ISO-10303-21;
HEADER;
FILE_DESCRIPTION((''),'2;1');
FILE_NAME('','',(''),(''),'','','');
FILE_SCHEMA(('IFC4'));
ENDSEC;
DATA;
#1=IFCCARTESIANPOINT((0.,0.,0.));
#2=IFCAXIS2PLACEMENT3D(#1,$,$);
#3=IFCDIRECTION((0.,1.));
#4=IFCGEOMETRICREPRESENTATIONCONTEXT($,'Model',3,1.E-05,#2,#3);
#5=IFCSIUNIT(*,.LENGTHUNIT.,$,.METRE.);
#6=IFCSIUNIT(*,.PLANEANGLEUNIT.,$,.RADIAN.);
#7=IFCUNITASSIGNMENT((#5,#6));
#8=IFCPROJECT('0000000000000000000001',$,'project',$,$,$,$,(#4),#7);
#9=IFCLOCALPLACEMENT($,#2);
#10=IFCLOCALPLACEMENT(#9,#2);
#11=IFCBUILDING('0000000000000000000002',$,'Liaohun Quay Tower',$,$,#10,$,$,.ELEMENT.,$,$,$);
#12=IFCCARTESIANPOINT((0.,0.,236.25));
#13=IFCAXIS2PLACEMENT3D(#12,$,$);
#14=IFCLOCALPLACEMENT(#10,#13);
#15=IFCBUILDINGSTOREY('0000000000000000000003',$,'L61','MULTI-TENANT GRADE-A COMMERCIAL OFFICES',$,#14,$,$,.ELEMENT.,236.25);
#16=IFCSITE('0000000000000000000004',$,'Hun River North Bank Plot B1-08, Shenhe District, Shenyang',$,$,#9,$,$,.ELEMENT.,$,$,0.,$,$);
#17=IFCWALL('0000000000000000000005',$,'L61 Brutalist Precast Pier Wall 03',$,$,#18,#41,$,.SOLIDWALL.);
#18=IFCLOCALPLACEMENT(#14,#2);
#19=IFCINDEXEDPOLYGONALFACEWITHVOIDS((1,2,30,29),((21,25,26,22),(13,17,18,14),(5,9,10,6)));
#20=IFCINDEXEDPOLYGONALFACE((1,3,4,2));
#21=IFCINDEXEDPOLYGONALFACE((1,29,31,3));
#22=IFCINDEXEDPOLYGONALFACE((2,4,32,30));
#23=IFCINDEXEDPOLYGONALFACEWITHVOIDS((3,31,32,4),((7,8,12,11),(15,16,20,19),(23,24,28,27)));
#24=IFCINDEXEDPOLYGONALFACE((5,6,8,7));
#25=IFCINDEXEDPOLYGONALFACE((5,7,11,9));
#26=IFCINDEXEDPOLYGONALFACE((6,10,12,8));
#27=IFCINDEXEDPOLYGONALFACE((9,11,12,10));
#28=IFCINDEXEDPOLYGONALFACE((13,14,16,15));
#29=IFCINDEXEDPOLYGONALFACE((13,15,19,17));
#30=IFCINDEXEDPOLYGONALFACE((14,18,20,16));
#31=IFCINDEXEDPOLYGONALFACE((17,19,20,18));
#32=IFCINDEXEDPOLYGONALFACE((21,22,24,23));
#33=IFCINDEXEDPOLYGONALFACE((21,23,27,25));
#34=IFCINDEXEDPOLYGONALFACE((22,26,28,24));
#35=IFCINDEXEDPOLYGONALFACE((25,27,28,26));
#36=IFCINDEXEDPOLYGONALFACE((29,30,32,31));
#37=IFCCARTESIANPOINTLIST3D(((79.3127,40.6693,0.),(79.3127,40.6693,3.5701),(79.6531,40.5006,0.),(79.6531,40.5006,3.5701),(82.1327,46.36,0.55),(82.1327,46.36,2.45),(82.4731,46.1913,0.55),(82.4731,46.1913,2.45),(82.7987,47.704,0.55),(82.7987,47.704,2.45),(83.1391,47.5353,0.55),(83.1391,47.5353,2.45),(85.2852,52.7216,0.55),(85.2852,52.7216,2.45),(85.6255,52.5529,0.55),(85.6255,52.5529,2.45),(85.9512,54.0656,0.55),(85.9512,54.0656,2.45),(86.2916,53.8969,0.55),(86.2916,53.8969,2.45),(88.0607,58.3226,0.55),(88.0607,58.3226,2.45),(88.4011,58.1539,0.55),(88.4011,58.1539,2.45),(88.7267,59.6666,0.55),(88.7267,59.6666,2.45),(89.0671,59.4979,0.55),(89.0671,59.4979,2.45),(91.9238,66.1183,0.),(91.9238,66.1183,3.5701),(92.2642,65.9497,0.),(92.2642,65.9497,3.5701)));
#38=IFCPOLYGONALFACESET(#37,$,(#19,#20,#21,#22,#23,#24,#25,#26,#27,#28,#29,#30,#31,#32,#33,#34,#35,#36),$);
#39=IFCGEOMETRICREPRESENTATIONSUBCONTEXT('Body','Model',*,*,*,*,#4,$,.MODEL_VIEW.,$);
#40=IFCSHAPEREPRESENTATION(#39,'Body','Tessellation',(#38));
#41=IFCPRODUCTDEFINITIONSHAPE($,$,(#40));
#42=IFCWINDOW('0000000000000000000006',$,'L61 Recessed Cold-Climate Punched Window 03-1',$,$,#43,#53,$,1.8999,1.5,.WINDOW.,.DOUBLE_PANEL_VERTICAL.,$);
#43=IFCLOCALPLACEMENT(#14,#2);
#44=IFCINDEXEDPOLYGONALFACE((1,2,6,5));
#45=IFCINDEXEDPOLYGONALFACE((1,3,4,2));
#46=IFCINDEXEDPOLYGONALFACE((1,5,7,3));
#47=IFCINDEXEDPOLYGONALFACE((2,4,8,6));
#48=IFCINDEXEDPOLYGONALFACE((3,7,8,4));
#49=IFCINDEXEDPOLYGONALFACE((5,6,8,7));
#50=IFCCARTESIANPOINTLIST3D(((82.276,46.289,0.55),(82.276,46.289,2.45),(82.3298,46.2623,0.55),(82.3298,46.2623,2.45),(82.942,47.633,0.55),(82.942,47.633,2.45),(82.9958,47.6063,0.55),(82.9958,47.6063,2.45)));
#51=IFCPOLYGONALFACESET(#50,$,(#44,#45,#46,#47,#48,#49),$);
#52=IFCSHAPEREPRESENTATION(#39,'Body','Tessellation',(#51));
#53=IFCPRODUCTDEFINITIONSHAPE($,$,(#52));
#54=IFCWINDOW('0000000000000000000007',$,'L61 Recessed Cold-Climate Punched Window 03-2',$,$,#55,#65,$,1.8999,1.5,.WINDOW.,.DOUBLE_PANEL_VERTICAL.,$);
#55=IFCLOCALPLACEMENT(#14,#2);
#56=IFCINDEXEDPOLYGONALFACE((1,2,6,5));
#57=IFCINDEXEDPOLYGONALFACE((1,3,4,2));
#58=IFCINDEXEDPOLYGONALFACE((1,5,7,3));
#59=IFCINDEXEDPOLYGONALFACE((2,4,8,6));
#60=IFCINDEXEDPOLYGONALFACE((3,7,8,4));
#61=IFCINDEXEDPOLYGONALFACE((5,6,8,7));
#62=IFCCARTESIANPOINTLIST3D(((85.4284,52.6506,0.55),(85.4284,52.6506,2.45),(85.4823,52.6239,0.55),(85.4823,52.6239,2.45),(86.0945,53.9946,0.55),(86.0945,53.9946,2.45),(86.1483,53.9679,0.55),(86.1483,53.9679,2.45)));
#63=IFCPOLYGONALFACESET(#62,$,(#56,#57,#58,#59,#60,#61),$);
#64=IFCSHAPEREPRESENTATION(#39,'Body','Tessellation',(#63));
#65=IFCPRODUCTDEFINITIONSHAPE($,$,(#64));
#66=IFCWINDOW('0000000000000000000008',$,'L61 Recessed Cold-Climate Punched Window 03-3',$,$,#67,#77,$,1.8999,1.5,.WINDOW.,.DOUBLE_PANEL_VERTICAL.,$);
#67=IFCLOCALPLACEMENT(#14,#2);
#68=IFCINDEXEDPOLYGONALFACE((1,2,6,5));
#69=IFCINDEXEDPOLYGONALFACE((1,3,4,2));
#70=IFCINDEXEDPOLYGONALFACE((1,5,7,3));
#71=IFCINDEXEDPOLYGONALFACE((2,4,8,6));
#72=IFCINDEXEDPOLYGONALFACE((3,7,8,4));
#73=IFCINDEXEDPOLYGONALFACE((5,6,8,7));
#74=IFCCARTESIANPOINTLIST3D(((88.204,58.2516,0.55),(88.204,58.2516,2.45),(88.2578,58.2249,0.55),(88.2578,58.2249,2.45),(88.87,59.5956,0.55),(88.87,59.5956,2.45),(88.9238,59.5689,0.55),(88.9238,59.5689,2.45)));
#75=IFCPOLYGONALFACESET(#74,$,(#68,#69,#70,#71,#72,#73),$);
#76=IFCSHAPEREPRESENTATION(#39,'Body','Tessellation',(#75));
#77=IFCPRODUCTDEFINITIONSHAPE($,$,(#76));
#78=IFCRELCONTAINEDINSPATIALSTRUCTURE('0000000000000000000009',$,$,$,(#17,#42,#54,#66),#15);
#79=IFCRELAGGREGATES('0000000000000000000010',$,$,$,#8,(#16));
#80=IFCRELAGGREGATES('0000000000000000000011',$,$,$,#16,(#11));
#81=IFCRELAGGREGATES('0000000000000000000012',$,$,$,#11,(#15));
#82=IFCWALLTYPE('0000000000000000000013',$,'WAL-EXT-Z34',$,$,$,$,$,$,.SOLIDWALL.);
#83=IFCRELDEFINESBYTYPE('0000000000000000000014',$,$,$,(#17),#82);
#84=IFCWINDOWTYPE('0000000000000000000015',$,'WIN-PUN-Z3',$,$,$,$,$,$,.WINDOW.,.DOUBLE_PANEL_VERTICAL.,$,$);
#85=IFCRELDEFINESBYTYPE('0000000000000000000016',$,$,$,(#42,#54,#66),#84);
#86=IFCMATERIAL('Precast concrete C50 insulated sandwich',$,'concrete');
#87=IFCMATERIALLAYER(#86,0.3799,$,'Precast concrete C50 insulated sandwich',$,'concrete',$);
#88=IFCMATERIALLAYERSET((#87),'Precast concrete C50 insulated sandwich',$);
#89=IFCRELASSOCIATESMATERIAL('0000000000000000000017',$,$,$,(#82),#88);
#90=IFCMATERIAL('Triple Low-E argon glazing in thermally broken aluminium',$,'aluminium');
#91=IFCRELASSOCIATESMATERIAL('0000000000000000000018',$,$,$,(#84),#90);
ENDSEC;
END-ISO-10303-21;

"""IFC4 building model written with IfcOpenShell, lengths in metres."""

from ifc_helpers import new_model, si_unit, direction, frame, frame_2d, origin, place, context, subcontext, project, spatial, rectangle, extrude, source, transform, mapped, material, layer, layer_set, type_object, element, fill, save


model = new_model("IFC4")

# Units and contexts
model_context = context("Model", 3, precision=1e-05, world=origin(), true_north=direction((0.0, 1.0)))
body_context = subcontext(model_context, "Body", "Model", "MODEL_VIEW")
ifc_project = project(units=[si_unit("LENGTHUNIT", "METRE"), si_unit("PLANEANGLEUNIT", "RADIAN")], contexts=[model_context])

# Site, building, storey
site_placement = place(None, origin())
site = spatial("IfcSite", under=ifc_project, at=site_placement, Name="Hun River North Bank Plot B1-08, Shenhe District, Shenyang", CompositionType="ELEMENT", RefElevation=0.0)
building_placement = place(site_placement, origin())
building = spatial("IfcBuilding", under=site, at=building_placement, Name="Liaohun Quay Tower", CompositionType="ELEMENT")
storey_placement = place(building_placement, frame((0.0, 0.0, 236.25)))
storey = spatial("IfcBuildingStorey", under=building, at=storey_placement, Name="L61", Description="MULTI-TENANT GRADE-A COMMERCIAL OFFICES", CompositionType="ELEMENT", Elevation=236.25)

# Shared definitions
ifc_material_1 = material(Name="Precast concrete C50 insulated sandwich", Category="concrete")
ifc_layer_1 = layer(ifc_material_1, 0.3799, Name="Precast concrete C50 insulated sandwich", Category="concrete")
ifc_layer_set_1 = layer_set([ifc_layer_1], Name="Precast concrete C50 insulated sandwich")
wall_type_1 = type_object("IfcWallType", Name="WAL-EXT-Z34", PredefinedType="SOLIDWALL", material=ifc_layer_set_1)

# Wall, openings, windows
shared_shape_1 = source(origin(), body_context, "Body", "SweptSolid", [
    extrude(rectangle(XDim=1.5, YDim=1.8999, at=frame_2d((0.75, 0.95))), frame((0.0, 0.2, 0.0), z_axis=(0.0, -1.0, 0.0), x_axis=(1.0, 0.0, 0.0)), (0.0, 0.0, 1.0), 0.3999),
])
ifc_material_2 = material(Name="Triple Low-E argon glazing in thermally broken aluminium", Category="aluminium")
window_type_1 = type_object("IfcWindowType", Name="WIN-PUN-Z3", PartitioningType="DOUBLE_PANEL_VERTICAL", PredefinedType="WINDOW", material=ifc_material_2)
shared_shape_2 = source(origin(), body_context, "Body", "SweptSolid", [
    extrude(rectangle(XDim=1.5, YDim=1.8999, at=frame_2d((0.75, 0.95))), frame((0.0, 0.03, 0.0), z_axis=(0.0, -1.0, 0.0), x_axis=(1.0, 0.0, 0.0)), (0.0, 0.0, 1.0), 0.0601),
])
wall_1_placement = place(storey_placement, frame((79.4829, 40.585, 0.0), z_axis=(0.0, 0.0, 1.0), x_axis=(0.444017, 0.896019, 0.0)))
wall_1 = element("IfcWall", 1, at=wall_1_placement, inside=storey, type_object=wall_type_1, Name="L61 Brutalist Precast Pier Wall 03", PredefinedType="SOLIDWALL", context=body_context, shape_type="SweptSolid", body=[
    extrude(rectangle(XDim=28.4023, YDim=0.3799, at=frame_2d((14.2012, 0.0))), origin(), (0.0, 0.0, 1.0), 3.5701),
])
opening_1_placement = place(wall_1_placement, frame((6.3511, 0.0, 0.55)))
opening_1 = element("IfcOpeningElement", 2, at=opening_1_placement, cuts=wall_1, PredefinedType="OPENING", context=body_context, shape_type="MappedRepresentation", body=[
    mapped(shared_shape_1, transform((0.0, 0.0, 0.0), x_axis=(1.0, 0.0, 0.0), y_axis=(0.0, 1.0, 0.0), z_axis=(0.0, 0.0, 1.0), scale=1.0)),
])
opening_2_placement = place(wall_1_placement, frame((13.4509, 0.0, 0.55)))
opening_2 = element("IfcOpeningElement", 3, at=opening_2_placement, cuts=wall_1, PredefinedType="OPENING", context=body_context, shape_type="MappedRepresentation", body=[
    mapped(shared_shape_1, transform((0.0, 0.0, 0.0), x_axis=(1.0, 0.0, 0.0), y_axis=(0.0, 1.0, 0.0), z_axis=(0.0, 0.0, 1.0), scale=1.0)),
])
opening_3_placement = place(wall_1_placement, frame((19.7019, 0.0, 0.55)))
opening_3 = element("IfcOpeningElement", 4, at=opening_3_placement, cuts=wall_1, PredefinedType="OPENING", context=body_context, shape_type="MappedRepresentation", body=[
    mapped(shared_shape_1, transform((0.0, 0.0, 0.0), x_axis=(1.0, 0.0, 0.0), y_axis=(0.0, 1.0, 0.0), z_axis=(0.0, 0.0, 1.0), scale=1.0)),
])
window_1_placement = place(opening_1_placement, origin())
window_1 = element("IfcWindow", 5, at=window_1_placement, inside=storey, type_object=window_type_1, Name="L61 Recessed Cold-Climate Punched Window 03-1", OverallHeight=1.8999, OverallWidth=1.5, PartitioningType="DOUBLE_PANEL_VERTICAL", PredefinedType="WINDOW", context=body_context, shape_type="MappedRepresentation", body=[
    mapped(shared_shape_2, transform((0.0, 0.0, 0.0), x_axis=(1.0, 0.0, 0.0), y_axis=(0.0, 1.0, 0.0), z_axis=(0.0, 0.0, 1.0), scale=1.0)),
])
fill(opening_1, window_1)
window_2_placement = place(opening_2_placement, origin())
window_2 = element("IfcWindow", 6, at=window_2_placement, inside=storey, type_object=window_type_1, Name="L61 Recessed Cold-Climate Punched Window 03-2", OverallHeight=1.8999, OverallWidth=1.5, PartitioningType="DOUBLE_PANEL_VERTICAL", PredefinedType="WINDOW", context=body_context, shape_type="MappedRepresentation", body=[
    mapped(shared_shape_2, transform((0.0, 0.0, 0.0), x_axis=(1.0, 0.0, 0.0), y_axis=(0.0, 1.0, 0.0), z_axis=(0.0, 0.0, 1.0), scale=1.0)),
])
fill(opening_2, window_2)
window_3_placement = place(opening_3_placement, origin())
window_3 = element("IfcWindow", 7, at=window_3_placement, inside=storey, type_object=window_type_1, Name="L61 Recessed Cold-Climate Punched Window 03-3", OverallHeight=1.8999, OverallWidth=1.5, PartitioningType="DOUBLE_PANEL_VERTICAL", PredefinedType="WINDOW", context=body_context, shape_type="MappedRepresentation", body=[
    mapped(shared_shape_2, transform((0.0, 0.0, 0.0), x_axis=(1.0, 0.0, 0.0), y_axis=(0.0, 1.0, 0.0), z_axis=(0.0, 0.0, 1.0), scale=1.0)),
])
fill(opening_3, window_3)

save(model, "model.ifc")
